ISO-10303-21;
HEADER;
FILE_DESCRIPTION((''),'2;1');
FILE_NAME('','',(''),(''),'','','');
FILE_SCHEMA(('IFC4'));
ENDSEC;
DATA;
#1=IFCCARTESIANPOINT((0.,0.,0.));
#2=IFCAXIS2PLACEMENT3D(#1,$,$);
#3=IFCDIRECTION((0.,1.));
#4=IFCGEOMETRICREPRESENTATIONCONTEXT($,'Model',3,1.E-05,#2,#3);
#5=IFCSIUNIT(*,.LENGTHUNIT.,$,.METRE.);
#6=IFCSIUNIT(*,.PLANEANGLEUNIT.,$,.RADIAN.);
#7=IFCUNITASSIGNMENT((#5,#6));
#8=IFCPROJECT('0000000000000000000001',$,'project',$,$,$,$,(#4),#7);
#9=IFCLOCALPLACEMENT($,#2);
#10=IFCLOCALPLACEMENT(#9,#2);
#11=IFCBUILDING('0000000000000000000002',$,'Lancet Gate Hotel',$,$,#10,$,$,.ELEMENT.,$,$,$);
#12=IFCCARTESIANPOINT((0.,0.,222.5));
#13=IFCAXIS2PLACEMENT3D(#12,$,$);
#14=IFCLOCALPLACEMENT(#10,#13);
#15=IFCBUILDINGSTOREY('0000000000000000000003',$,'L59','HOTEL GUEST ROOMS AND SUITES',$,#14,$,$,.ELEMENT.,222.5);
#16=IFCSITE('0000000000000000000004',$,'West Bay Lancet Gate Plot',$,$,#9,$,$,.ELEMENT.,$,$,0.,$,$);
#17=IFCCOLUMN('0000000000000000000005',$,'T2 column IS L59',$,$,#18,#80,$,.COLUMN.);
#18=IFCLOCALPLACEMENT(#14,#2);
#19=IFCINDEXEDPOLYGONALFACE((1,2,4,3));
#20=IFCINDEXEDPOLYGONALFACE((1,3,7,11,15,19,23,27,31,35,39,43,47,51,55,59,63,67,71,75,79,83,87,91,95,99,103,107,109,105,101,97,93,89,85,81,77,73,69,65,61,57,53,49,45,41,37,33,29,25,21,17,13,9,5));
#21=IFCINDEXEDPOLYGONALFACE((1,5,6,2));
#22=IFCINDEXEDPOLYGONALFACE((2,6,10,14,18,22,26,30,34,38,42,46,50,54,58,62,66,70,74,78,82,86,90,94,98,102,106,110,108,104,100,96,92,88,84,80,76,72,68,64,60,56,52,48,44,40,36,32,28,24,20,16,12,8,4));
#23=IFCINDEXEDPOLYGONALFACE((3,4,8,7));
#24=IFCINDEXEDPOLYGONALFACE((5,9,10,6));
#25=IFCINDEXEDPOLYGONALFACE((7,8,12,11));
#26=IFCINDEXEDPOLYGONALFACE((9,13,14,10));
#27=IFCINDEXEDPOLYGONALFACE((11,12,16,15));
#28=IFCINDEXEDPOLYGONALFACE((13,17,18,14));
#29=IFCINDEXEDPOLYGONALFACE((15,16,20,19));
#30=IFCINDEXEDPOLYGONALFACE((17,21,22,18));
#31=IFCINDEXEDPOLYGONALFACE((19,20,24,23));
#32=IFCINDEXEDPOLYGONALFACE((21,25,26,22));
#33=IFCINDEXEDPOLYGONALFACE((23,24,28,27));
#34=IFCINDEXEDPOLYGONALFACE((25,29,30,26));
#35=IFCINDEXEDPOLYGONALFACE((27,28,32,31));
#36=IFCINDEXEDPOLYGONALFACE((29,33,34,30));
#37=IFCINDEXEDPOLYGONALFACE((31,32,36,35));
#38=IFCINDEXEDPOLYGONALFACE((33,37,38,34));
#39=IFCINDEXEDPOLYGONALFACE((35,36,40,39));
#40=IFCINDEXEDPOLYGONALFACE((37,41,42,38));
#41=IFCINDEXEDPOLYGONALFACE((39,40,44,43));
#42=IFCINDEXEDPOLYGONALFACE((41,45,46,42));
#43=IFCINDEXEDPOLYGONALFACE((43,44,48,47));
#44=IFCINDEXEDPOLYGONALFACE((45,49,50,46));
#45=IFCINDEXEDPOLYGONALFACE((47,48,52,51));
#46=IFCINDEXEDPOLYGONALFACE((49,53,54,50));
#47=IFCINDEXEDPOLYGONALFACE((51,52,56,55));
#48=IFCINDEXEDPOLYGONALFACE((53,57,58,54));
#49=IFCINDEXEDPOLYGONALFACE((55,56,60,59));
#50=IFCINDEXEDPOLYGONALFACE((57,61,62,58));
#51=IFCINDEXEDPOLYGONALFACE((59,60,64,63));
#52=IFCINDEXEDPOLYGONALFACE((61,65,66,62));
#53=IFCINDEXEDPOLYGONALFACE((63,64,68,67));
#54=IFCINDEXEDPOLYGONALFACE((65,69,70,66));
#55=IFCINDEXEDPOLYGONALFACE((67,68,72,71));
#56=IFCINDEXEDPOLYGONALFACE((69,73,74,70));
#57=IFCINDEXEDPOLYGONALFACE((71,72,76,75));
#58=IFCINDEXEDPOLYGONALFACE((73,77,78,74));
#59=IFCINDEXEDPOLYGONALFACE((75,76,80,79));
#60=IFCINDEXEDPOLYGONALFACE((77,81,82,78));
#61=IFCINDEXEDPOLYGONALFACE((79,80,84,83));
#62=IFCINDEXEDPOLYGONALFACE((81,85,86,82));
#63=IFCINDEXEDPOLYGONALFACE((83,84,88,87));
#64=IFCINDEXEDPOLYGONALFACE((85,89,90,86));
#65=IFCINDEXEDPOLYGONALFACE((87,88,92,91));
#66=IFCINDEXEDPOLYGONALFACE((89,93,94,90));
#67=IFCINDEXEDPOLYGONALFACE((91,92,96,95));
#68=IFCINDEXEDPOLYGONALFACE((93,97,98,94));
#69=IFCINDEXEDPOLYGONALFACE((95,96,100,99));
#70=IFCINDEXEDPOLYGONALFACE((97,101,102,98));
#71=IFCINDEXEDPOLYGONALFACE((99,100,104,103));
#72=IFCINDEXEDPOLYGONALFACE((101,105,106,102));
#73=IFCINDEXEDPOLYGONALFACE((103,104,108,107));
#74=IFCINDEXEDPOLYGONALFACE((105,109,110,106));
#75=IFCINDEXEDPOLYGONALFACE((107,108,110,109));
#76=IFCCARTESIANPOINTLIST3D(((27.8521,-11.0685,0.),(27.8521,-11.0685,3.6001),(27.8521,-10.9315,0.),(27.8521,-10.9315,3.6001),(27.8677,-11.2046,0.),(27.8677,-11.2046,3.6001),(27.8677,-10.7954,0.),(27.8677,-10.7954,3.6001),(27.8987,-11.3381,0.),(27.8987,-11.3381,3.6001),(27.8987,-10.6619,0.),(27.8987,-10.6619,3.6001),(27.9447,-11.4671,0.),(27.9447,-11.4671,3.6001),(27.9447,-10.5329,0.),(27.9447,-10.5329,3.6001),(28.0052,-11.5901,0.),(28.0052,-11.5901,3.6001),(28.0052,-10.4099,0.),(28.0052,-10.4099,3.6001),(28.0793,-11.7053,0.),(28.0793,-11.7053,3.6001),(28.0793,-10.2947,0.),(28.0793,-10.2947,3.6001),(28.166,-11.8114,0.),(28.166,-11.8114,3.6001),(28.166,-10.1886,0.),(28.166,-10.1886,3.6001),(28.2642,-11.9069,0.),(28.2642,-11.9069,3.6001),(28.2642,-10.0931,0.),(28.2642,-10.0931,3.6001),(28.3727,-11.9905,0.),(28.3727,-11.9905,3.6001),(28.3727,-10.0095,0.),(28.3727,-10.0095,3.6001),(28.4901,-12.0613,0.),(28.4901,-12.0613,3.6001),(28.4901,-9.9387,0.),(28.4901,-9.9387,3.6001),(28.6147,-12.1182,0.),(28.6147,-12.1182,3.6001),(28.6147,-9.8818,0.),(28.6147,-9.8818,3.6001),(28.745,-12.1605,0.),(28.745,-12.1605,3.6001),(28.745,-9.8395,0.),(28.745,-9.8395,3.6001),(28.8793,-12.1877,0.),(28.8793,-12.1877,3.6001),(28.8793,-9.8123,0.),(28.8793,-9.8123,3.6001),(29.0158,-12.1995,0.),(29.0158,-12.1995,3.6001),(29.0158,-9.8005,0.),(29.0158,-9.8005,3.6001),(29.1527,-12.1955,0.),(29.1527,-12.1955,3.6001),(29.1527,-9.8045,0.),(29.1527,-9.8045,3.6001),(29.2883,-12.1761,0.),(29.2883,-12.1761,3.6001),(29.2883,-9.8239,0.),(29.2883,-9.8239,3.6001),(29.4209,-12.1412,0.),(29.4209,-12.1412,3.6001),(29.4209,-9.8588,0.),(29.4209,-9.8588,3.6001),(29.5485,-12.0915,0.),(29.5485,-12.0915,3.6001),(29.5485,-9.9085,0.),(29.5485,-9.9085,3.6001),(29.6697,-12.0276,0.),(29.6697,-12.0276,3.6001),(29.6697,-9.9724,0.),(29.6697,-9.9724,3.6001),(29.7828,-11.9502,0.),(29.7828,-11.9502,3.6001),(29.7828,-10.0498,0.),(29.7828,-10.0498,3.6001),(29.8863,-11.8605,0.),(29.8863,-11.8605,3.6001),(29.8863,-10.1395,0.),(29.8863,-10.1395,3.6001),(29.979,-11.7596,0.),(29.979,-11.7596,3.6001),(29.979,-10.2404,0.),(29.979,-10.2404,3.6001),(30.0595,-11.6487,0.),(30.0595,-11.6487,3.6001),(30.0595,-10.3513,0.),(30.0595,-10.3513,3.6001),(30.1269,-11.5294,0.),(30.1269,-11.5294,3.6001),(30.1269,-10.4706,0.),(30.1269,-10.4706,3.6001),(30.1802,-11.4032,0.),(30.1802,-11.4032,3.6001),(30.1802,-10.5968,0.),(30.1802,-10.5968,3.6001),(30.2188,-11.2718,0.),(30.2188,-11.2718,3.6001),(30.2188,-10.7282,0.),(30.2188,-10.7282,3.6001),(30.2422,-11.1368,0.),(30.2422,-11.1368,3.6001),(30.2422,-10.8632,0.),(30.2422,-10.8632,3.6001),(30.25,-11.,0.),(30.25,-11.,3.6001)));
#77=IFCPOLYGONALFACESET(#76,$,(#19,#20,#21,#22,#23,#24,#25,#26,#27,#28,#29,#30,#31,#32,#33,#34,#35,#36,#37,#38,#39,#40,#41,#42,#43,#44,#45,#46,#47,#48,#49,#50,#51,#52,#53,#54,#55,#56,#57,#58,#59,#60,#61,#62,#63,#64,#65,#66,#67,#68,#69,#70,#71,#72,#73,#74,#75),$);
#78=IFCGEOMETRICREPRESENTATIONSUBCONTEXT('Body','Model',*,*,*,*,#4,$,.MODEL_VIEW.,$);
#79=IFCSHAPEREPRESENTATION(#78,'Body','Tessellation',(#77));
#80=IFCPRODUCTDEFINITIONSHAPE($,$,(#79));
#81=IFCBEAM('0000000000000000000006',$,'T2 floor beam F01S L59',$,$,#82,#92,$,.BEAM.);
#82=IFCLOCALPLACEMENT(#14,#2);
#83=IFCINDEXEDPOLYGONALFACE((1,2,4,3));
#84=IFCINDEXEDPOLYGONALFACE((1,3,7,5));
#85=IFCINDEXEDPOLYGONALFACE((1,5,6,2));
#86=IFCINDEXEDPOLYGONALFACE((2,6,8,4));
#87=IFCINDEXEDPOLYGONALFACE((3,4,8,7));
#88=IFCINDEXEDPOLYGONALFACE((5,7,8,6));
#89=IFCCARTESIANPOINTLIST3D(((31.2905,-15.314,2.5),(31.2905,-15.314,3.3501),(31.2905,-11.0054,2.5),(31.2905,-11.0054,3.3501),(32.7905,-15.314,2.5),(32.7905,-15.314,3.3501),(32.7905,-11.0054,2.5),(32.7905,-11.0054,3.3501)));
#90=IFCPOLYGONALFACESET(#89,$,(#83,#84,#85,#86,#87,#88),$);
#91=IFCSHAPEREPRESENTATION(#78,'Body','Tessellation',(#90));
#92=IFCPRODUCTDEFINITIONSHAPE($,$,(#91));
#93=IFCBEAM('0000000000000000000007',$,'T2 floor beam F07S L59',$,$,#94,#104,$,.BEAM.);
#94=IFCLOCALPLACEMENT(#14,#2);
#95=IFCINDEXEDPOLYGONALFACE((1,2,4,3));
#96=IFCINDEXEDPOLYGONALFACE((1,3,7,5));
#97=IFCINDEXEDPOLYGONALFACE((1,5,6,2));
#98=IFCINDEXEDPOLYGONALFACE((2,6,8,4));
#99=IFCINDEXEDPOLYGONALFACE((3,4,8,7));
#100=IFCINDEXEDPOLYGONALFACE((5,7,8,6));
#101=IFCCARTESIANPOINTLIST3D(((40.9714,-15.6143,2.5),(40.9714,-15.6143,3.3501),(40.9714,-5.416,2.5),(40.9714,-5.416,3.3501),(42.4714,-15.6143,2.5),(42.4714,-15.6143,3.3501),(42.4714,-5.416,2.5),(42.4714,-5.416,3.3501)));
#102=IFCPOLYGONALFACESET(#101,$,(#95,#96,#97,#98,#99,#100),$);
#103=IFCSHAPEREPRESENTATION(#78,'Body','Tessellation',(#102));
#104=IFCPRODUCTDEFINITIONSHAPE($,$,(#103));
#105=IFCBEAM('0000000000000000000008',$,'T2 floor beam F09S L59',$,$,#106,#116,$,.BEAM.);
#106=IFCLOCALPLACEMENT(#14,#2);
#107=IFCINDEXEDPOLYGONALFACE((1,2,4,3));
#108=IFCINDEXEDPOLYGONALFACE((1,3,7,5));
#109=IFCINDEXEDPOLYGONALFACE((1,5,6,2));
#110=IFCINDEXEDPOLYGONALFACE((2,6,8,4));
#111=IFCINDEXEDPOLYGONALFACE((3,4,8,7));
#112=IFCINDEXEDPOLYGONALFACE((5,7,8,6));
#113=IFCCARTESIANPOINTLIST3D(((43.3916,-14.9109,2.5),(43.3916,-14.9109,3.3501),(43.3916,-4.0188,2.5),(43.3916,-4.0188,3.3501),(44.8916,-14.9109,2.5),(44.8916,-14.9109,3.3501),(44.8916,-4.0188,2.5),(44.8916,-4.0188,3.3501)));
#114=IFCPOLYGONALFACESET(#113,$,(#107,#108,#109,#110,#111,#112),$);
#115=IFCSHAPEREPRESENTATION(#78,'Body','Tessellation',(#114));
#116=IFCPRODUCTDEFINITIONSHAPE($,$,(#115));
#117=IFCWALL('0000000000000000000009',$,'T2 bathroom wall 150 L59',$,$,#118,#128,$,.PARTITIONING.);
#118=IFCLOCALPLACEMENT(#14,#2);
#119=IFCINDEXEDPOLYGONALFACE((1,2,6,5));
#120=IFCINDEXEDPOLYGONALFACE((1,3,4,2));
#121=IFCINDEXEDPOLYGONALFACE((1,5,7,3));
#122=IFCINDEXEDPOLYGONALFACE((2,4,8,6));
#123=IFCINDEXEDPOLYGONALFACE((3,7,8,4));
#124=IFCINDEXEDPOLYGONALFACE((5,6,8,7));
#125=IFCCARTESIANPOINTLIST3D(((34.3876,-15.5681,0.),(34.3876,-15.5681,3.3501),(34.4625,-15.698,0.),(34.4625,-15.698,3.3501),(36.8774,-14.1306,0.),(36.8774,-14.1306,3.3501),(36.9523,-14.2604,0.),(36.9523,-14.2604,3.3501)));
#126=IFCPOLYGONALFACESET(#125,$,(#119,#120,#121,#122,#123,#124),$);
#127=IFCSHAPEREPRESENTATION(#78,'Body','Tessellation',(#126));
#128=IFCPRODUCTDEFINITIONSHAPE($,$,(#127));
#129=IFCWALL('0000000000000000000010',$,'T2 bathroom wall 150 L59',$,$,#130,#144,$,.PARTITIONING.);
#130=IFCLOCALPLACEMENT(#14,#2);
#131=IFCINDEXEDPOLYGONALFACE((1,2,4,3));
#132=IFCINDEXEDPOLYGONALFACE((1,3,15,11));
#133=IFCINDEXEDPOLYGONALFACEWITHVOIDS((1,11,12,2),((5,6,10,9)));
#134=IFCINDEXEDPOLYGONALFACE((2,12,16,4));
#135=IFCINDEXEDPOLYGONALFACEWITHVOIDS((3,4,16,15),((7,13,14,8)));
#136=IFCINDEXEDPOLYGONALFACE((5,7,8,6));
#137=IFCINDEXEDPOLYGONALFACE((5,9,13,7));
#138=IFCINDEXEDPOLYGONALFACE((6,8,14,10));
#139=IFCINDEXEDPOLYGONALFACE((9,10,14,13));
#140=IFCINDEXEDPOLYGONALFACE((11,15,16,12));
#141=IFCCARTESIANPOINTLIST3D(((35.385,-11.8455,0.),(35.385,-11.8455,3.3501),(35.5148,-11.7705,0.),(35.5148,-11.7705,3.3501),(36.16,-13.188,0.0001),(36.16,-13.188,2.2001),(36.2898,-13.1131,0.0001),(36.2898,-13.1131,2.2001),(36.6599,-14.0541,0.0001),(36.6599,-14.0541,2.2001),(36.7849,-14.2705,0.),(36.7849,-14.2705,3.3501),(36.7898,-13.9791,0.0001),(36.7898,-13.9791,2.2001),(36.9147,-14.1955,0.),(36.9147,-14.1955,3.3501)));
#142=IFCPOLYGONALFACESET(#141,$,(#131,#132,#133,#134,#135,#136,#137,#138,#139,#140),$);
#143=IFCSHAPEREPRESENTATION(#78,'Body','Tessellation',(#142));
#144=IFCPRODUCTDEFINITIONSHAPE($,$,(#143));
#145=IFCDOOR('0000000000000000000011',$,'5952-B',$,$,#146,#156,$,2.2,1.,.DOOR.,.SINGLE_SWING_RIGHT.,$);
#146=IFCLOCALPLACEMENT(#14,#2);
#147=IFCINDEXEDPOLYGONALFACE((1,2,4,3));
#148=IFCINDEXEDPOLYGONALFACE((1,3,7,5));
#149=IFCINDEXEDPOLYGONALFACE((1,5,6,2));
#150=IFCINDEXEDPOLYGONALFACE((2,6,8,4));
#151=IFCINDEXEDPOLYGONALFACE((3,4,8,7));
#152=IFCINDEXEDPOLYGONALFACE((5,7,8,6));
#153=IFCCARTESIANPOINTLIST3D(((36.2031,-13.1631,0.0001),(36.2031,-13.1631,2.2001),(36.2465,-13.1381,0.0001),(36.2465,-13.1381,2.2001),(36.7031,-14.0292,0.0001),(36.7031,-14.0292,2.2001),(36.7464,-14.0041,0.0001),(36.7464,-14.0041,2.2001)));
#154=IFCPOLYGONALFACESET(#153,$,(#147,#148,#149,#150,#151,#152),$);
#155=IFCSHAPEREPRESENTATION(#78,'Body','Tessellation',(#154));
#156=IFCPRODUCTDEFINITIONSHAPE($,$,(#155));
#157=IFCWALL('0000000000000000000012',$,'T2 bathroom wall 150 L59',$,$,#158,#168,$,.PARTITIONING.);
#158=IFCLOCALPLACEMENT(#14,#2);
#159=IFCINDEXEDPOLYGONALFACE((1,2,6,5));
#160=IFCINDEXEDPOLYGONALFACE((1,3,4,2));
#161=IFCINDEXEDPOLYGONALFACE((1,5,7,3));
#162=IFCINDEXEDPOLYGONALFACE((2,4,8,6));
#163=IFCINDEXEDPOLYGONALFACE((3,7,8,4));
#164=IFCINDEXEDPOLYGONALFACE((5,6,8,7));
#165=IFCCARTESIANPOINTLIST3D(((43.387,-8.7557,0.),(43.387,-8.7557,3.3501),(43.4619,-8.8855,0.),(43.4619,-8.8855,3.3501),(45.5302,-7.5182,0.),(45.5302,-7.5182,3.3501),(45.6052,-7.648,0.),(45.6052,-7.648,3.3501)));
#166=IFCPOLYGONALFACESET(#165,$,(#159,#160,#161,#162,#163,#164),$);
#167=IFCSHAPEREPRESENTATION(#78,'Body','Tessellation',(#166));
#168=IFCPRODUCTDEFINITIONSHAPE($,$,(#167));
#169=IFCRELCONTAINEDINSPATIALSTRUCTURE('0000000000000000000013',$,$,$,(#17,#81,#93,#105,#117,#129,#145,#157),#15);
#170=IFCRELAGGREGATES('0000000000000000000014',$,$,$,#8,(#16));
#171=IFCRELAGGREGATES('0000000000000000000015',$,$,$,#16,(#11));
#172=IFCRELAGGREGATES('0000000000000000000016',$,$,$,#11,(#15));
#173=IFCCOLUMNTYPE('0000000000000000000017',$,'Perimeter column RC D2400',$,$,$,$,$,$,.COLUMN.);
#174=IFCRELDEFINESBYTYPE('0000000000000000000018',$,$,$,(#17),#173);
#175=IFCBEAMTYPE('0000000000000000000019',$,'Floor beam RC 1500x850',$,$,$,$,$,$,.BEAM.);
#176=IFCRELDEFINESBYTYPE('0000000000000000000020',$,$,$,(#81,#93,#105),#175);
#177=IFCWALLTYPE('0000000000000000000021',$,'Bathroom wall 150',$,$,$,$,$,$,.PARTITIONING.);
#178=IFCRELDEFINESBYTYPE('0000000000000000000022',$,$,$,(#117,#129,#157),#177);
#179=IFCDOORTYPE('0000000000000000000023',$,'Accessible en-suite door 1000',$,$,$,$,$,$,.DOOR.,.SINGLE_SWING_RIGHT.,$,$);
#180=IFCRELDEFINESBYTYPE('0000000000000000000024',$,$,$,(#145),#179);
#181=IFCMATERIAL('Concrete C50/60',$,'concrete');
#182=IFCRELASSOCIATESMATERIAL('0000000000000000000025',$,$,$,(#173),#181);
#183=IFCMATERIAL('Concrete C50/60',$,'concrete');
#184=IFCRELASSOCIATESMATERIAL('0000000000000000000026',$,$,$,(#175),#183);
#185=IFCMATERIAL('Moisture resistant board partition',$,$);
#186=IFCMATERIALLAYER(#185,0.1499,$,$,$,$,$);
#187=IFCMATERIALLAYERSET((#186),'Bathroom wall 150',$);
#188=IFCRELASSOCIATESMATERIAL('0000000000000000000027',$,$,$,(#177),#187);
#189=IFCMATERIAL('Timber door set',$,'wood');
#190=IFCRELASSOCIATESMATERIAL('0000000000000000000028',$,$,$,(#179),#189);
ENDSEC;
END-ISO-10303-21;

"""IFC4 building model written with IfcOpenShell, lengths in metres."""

from ifc_helpers import new_model, si_unit, direction, frame, frame_2d, origin, origin_2d, place, context, subcontext, project, spatial, rectangle, circle, extrude, material, layer, layer_set, material_profile, profile_set, type_object, element, fill, save


model = new_model("IFC4")

# Units and contexts
model_context = context("Model", 3, precision=1e-05, world=origin(), true_north=direction((0.0, 1.0)))
body_context = subcontext(model_context, "Body", "Model", "MODEL_VIEW")
ifc_project = project(units=[si_unit("LENGTHUNIT", "METRE"), si_unit("PLANEANGLEUNIT", "RADIAN")], contexts=[model_context])

# Site, building, storey
site_placement = place(None, origin())
site = spatial("IfcSite", under=ifc_project, at=site_placement, Name="West Bay Lancet Gate Plot", CompositionType="ELEMENT", RefElevation=0.0)
building_placement = place(site_placement, origin())
building = spatial("IfcBuilding", under=site, at=building_placement, Name="Lancet Gate Hotel", CompositionType="ELEMENT")
storey_placement = place(building_placement, frame((0.0, 0.0, 222.5)))
storey = spatial("IfcBuildingStorey", under=building, at=storey_placement, Name="L59", Description="HOTEL GUEST ROOMS AND SUITES", CompositionType="ELEMENT", Elevation=222.5)

# Column
ifc_material_1 = material(Name="Concrete C50/60", Category="concrete")
ifc_material_profile_1 = material_profile(ifc_material_1, circle(Radius=1.2, at=origin_2d()), Name="RC D2400")
ifc_profile_set_1 = profile_set([ifc_material_profile_1], Name="Concrete C50/60")
column_type = type_object("IfcColumnType", Name="Perimeter column RC D2400", PredefinedType="COLUMN", material=ifc_profile_set_1)
column_placement = place(storey_placement, frame((29.05, -11.0, 0.0), z_axis=(0.0, 0.0, 1.0), x_axis=(1.0, 0.0, 0.0)))
element("IfcColumn", 1, at=column_placement, inside=storey, type_object=column_type, Name="T2 column IS L59", PredefinedType="COLUMN", context=body_context, shape_type="SweptSolid", body=[
    extrude(circle(Radius=1.2, at=origin_2d()), origin(), (0.0, 0.0, 1.0), 3.6001),
])

# Beams
ifc_material_2 = material(Name="Concrete C50/60", Category="concrete")
ifc_material_profile_2 = material_profile(ifc_material_2, rectangle(XDim=1.5, YDim=0.8501, at=origin_2d()), Name="RC 1500x850")
ifc_profile_set_2 = profile_set([ifc_material_profile_2], Name="Concrete C50/60")
beam_type = type_object("IfcBeamType", Name="Floor beam RC 1500x850", PredefinedType="BEAM", material=ifc_profile_set_2)
beam_1_placement = place(storey_placement, frame((32.0405, -15.314, 2.925), z_axis=(0.0, 1.0, 0.0), x_axis=(-1.0, 0.0, 0.0)))
element("IfcBeam", 2, at=beam_1_placement, inside=storey, type_object=beam_type, Name="T2 floor beam F01S L59", PredefinedType="BEAM", context=body_context, shape_type="SweptSolid", body=[
    extrude(rectangle(XDim=1.5, YDim=0.8501, at=origin_2d()), origin(), (0.0, 0.0, 1.0), 4.3086),
])
beam_2_placement = place(storey_placement, frame((41.7214, -15.6143, 2.925), z_axis=(0.0, 1.0, 0.0), x_axis=(-1.0, 0.0, 0.0)))
element("IfcBeam", 3, at=beam_2_placement, inside=storey, type_object=beam_type, Name="T2 floor beam F07S L59", PredefinedType="BEAM", context=body_context, shape_type="SweptSolid", body=[
    extrude(rectangle(XDim=1.5, YDim=0.8501, at=origin_2d()), origin(), (0.0, 0.0, 1.0), 10.1982),
])
beam_3_placement = place(storey_placement, frame((44.1416, -14.9109, 2.925), z_axis=(0.0, 1.0, 0.0), x_axis=(-1.0, 0.0, 0.0)))
element("IfcBeam", 4, at=beam_3_placement, inside=storey, type_object=beam_type, Name="T2 floor beam F09S L59", PredefinedType="BEAM", context=body_context, shape_type="SweptSolid", body=[
    extrude(rectangle(XDim=1.5, YDim=0.8501, at=origin_2d()), origin(), (0.0, 0.0, 1.0), 10.8921),
])

# Wall
ifc_material_3 = material(Name="Moisture resistant board partition")
ifc_layer_1 = layer(ifc_material_3, 0.1499)
ifc_layer_set_1 = layer_set([ifc_layer_1], Name="Bathroom wall 150")
wall_type_1 = type_object("IfcWallType", Name="Bathroom wall 150", PredefinedType="PARTITIONING", material=ifc_layer_set_1)
wall_1_placement = place(storey_placement, frame((34.425, -15.6331, 0.0), z_axis=(0.0, 0.0, 1.0), x_axis=(0.866019, 0.500012, 0.0)))
element("IfcWall", 5, at=wall_1_placement, inside=storey, type_object=wall_type_1, Name="T2 bathroom wall 150 L59", PredefinedType="PARTITIONING", context=body_context, shape_type="SweptSolid", body=[
    extrude(rectangle(XDim=2.875, YDim=0.1499, at=frame_2d((1.4375, 0.0))), origin(), (0.0, 0.0, 1.0), 3.3501),
])

# Wall, opening, door
wall_2_placement = place(storey_placement, frame((35.45, -11.8081, 0.0), z_axis=(0.0, 0.0, 1.0), x_axis=(0.499946, -0.866056, 0.0)))
wall_2 = element("IfcWall", 6, at=wall_2_placement, inside=storey, type_object=wall_type_1, Name="T2 bathroom wall 150 L59", PredefinedType="PARTITIONING", context=body_context, shape_type="SweptSolid", body=[
    extrude(rectangle(XDim=2.8, YDim=0.1499, at=frame_2d((1.3999, 0.0))), origin(), (0.0, 0.0, 1.0), 3.3501),
])
opening_1_placement = place(wall_2_placement, frame((1.55, 0.0, 0.0)))
opening_1 = element("IfcOpeningElement", 7, at=opening_1_placement, cuts=wall_2, PredefinedType="OPENING", context=body_context, shape_type="SweptSolid", body=[
    extrude(rectangle(XDim=1.0, YDim=2.2, at=frame_2d((0.5, 1.1001))), frame((0.0, 0.085, 0.0), z_axis=(0.0, -1.0, 0.0), x_axis=(1.0, 0.0, 0.0)), (0.0, 0.0, 1.0), 0.1699),
])
ifc_material_4 = material(Name="Timber door set", Category="wood")
door_type_1 = type_object("IfcDoorType", Name="Accessible en-suite door 1000", OperationType="SINGLE_SWING_RIGHT", PredefinedType="DOOR", material=ifc_material_4)
door_1_placement = place(opening_1_placement, origin())
door_1 = element("IfcDoor", 8, at=door_1_placement, inside=storey, type_object=door_type_1, Name="5952-B", OperationType="SINGLE_SWING_RIGHT", OverallHeight=2.2, OverallWidth=1.0, PredefinedType="DOOR", context=body_context, shape_type="SweptSolid", body=[
    extrude(rectangle(XDim=1.0, YDim=2.2, at=frame_2d((0.5, 1.1001))), frame((0.0, 0.0249, 0.0), z_axis=(0.0, -1.0, 0.0), x_axis=(1.0, 0.0, 0.0)), (0.0, 0.0, 1.0), 0.05),
])
fill(opening_1, door_1)

# Wall
wall_3_placement = place(storey_placement, frame((43.4246, -8.8206, 0.0), z_axis=(0.0, 0.0, 1.0), x_axis=(0.866007, 0.500033, 0.0)))
element("IfcWall", 9, at=wall_3_placement, inside=storey, type_object=wall_type_1, Name="T2 bathroom wall 150 L59", PredefinedType="PARTITIONING", context=body_context, shape_type="SweptSolid", body=[
    extrude(rectangle(XDim=2.4749, YDim=0.1499, at=frame_2d((1.2373, 0.0))), origin(), (0.0, 0.0, 1.0), 3.3501),
])

save(model, "model.ifc")
